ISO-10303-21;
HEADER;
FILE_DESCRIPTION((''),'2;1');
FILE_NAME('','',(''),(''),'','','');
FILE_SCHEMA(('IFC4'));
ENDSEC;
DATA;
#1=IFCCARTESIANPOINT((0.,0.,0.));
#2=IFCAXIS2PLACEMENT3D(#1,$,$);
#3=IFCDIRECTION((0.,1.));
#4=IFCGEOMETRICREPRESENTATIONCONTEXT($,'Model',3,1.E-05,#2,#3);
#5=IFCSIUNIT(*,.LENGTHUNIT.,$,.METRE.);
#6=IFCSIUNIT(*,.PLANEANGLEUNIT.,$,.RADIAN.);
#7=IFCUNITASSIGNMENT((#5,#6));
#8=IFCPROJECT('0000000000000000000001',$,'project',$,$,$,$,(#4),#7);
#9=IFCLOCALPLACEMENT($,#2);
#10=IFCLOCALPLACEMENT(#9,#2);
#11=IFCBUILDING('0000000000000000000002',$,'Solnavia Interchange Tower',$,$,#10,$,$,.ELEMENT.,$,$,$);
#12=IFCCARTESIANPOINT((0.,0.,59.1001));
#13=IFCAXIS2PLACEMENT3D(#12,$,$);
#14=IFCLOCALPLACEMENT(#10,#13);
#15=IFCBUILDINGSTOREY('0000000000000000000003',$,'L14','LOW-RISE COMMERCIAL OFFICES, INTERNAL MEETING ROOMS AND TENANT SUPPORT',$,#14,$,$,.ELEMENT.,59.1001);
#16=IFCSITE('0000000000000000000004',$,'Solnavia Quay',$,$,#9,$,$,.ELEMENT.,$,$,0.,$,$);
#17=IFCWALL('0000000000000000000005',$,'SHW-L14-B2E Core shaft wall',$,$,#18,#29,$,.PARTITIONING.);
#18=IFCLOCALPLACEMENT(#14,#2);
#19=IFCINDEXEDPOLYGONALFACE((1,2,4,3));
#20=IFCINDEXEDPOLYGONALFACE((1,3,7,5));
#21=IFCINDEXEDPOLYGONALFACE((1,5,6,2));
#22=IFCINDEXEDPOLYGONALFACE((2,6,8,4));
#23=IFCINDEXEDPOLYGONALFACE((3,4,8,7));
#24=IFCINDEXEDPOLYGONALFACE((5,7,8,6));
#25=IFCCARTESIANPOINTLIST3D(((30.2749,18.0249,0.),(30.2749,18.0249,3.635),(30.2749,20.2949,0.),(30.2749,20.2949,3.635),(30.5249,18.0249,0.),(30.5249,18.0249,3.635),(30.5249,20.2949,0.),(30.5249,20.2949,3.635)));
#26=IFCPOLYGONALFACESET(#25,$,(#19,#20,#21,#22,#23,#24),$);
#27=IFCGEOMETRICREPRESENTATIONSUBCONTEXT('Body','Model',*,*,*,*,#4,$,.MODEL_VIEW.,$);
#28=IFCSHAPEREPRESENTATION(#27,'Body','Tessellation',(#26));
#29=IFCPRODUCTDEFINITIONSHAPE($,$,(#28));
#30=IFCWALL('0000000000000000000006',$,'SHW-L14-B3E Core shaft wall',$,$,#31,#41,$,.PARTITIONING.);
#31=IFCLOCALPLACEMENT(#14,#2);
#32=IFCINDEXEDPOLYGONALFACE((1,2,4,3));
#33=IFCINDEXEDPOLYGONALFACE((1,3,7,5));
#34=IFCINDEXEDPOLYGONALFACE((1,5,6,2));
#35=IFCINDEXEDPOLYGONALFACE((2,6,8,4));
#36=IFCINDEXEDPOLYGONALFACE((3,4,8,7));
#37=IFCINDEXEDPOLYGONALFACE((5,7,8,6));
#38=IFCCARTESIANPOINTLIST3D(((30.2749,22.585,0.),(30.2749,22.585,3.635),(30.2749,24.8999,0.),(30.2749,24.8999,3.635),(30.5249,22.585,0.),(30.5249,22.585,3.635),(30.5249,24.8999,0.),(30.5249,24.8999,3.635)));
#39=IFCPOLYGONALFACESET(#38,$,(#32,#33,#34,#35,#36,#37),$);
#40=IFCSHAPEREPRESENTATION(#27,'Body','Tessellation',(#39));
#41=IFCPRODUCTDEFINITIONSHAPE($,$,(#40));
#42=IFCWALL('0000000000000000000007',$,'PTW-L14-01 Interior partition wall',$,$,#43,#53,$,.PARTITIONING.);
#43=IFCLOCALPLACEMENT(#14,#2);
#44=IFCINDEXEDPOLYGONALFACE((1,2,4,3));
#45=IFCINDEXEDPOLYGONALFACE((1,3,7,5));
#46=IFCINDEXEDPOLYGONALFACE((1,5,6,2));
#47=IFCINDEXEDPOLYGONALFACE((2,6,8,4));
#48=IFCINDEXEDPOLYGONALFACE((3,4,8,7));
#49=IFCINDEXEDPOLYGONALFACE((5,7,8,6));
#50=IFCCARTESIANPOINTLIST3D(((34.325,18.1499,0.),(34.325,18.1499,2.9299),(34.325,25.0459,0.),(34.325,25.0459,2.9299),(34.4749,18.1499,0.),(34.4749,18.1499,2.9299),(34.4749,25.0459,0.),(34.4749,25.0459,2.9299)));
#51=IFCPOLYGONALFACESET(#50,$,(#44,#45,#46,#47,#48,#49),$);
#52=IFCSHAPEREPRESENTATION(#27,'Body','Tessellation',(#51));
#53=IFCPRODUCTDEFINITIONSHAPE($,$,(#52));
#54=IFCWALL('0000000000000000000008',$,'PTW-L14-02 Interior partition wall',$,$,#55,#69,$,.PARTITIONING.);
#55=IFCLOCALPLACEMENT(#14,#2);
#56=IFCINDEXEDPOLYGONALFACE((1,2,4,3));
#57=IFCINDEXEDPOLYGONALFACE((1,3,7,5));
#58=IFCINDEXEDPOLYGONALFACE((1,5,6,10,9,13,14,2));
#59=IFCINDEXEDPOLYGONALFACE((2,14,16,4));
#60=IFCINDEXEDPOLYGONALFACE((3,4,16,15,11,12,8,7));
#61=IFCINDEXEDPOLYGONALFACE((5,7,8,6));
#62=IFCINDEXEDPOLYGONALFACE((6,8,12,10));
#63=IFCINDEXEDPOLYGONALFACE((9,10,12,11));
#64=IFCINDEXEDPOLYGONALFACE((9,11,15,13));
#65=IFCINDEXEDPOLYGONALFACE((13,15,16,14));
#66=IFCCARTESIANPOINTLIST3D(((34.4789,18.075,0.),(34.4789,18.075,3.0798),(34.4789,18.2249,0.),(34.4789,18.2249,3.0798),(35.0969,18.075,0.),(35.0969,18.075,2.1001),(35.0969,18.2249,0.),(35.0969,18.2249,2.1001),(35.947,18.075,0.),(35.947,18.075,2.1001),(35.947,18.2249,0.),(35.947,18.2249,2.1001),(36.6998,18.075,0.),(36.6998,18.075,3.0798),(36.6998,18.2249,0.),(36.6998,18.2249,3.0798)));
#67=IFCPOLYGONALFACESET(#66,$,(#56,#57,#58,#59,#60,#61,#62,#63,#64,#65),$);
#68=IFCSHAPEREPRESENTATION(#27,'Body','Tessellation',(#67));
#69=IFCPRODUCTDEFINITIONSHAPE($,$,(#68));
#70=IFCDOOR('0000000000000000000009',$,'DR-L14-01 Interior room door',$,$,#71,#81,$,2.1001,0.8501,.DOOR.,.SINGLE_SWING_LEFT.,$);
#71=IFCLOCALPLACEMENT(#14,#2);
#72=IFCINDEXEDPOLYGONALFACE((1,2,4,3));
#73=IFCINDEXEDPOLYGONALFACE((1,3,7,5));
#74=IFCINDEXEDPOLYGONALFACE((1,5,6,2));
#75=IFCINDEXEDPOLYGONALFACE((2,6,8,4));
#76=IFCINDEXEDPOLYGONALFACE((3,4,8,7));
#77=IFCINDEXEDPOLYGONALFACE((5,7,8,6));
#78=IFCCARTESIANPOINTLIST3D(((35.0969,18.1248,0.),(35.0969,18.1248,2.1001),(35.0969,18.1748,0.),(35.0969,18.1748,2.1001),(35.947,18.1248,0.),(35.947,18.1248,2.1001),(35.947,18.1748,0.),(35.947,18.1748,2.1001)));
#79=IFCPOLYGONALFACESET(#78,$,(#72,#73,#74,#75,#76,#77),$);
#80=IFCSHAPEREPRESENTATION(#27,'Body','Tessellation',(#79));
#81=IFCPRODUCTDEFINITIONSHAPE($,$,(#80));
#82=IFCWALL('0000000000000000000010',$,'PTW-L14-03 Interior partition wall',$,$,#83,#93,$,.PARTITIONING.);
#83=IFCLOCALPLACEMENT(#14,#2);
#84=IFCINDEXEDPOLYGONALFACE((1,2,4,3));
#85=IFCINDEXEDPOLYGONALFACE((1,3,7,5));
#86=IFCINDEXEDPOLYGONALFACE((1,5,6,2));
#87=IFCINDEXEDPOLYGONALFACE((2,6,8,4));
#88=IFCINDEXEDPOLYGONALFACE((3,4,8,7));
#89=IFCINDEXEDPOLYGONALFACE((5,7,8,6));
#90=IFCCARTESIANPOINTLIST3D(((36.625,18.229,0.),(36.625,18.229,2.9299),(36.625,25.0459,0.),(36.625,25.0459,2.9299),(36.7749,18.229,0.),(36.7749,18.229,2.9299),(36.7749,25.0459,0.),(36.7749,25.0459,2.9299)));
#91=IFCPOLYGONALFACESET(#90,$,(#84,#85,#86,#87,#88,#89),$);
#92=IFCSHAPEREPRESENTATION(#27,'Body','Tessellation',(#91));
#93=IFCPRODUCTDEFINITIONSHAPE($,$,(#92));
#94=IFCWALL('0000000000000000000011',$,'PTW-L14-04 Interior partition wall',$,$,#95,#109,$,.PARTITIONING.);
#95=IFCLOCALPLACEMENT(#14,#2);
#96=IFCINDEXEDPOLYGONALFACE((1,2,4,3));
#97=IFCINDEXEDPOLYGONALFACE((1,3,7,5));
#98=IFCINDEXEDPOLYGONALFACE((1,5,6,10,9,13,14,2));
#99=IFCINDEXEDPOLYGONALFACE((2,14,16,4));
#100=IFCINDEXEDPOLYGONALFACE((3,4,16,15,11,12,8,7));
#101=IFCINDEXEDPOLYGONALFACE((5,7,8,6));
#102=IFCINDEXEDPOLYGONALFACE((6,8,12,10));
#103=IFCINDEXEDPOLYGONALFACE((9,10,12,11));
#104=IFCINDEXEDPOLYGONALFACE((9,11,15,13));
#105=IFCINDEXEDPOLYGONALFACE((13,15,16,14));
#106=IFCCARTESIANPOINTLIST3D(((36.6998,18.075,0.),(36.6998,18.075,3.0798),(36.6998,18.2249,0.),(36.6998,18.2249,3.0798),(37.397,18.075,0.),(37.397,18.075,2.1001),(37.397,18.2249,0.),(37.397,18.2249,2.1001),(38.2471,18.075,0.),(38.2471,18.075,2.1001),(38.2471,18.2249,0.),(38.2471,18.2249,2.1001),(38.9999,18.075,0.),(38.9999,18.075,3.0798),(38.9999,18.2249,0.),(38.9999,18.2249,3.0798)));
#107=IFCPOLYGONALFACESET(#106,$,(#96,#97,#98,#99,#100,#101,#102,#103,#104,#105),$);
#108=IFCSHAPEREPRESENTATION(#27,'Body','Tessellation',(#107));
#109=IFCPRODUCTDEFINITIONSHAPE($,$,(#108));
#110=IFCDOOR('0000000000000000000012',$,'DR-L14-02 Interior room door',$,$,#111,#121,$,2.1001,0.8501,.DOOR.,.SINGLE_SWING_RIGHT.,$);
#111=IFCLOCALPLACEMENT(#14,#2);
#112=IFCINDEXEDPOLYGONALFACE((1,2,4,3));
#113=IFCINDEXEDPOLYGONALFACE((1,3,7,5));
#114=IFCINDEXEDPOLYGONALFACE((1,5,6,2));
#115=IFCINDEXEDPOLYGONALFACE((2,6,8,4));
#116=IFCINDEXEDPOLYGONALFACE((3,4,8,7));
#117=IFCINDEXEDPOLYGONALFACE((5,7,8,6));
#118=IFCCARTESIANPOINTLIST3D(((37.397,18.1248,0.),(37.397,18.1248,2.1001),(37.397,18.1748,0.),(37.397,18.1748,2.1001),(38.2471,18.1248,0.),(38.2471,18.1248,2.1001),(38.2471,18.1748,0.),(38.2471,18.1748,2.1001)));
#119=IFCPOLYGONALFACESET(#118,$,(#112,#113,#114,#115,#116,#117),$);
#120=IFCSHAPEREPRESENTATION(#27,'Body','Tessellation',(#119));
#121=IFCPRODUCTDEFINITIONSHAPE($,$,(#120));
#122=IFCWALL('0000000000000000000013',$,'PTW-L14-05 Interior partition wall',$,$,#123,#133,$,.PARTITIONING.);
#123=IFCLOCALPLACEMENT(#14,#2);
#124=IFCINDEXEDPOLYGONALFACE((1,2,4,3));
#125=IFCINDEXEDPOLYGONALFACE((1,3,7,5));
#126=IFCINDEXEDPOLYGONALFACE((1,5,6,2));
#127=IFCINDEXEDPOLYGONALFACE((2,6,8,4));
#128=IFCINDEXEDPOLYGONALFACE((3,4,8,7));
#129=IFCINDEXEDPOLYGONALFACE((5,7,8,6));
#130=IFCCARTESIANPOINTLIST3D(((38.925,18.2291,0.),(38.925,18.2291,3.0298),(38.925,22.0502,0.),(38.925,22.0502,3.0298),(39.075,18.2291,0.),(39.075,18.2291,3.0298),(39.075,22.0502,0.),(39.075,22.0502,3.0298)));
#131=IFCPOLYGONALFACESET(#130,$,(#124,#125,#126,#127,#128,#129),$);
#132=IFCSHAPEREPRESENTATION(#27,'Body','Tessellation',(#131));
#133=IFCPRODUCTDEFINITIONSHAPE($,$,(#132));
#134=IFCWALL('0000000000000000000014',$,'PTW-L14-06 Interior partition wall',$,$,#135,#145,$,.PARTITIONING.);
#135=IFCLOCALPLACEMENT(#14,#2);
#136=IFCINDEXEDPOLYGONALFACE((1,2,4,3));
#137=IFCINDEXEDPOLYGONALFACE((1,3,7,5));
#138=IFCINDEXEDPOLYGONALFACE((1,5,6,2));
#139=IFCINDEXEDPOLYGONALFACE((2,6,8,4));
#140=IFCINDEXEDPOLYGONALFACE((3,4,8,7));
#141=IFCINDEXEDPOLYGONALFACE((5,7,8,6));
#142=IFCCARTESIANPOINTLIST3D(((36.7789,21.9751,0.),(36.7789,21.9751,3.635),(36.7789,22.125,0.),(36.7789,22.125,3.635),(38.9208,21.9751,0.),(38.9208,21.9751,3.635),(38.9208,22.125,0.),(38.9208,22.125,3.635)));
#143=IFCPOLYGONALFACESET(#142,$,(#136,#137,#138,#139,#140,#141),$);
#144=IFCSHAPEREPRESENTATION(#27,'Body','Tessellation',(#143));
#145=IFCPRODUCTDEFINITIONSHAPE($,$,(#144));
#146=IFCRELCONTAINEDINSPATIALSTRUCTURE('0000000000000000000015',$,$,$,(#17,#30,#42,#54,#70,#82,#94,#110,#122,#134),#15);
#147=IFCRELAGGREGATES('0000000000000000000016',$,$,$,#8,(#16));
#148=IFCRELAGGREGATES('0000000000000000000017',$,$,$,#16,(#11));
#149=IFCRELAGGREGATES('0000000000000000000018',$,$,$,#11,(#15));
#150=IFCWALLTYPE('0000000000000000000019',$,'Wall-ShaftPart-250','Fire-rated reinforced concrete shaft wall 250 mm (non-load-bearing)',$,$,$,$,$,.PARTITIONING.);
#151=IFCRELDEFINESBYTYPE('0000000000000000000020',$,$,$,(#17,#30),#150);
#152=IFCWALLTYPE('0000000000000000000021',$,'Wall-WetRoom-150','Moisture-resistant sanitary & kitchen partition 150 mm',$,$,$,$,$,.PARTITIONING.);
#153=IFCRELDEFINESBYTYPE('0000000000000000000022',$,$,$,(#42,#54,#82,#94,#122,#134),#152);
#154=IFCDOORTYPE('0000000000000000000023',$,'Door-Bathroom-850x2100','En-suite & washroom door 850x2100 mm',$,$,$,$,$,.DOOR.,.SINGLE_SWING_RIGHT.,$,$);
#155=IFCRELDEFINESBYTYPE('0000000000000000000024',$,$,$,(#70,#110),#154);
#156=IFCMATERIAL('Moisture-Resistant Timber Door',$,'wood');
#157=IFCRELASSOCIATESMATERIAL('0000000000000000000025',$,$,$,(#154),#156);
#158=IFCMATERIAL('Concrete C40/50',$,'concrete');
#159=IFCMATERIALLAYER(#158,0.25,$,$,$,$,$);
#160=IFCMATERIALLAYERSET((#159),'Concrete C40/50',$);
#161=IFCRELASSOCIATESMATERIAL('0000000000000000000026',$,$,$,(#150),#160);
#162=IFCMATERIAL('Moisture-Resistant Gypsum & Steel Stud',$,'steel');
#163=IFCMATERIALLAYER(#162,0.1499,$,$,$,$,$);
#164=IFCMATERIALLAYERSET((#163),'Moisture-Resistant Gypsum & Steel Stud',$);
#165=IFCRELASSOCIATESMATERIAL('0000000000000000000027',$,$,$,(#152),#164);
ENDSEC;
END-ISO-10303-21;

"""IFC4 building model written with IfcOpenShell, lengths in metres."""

from ifc_helpers import new_model, si_unit, direction, frame, frame_2d, origin, place, context, subcontext, project, spatial, rectangle, extrude, material, layer, layer_set, type_object, element, fill, save


model = new_model("IFC4")

# Units and contexts
model_context = context("Model", 3, precision=1e-05, world=origin(), true_north=direction((0.0, 1.0)))
body_context = subcontext(model_context, "Body", "Model", "MODEL_VIEW")
ifc_project = project(units=[si_unit("LENGTHUNIT", "METRE"), si_unit("PLANEANGLEUNIT", "RADIAN")], contexts=[model_context])

# Site, building, storey
site_placement = place(None, origin())
site = spatial("IfcSite", under=ifc_project, at=site_placement, Name="Solnavia Quay", CompositionType="ELEMENT", RefElevation=0.0)
building_placement = place(site_placement, origin())
building = spatial("IfcBuilding", under=site, at=building_placement, Name="Solnavia Interchange Tower", CompositionType="ELEMENT")
storey_placement = place(building_placement, frame((0.0, 0.0, 59.1001)))
storey = spatial("IfcBuildingStorey", under=building, at=storey_placement, Name="L14", Description="LOW-RISE COMMERCIAL OFFICES, INTERNAL MEETING ROOMS AND TENANT SUPPORT", CompositionType="ELEMENT", Elevation=59.1001)

# Shared definitions
ifc_material_1 = material(Name="Concrete C40/50", Category="concrete")

# Shared definitions
ifc_material_2 = material(Name="Moisture-Resistant Timber Door", Category="wood")
door_type_1 = type_object("IfcDoorType", Name="Door-Bathroom-850x2100", Description="En-suite & washroom door 850x2100 mm", OperationType="SINGLE_SWING_RIGHT", PredefinedType="DOOR", material=ifc_material_2)
ifc_layer_1 = layer(ifc_material_1, 0.25)
ifc_layer_set_1 = layer_set([ifc_layer_1], Name="Concrete C40/50")
wall_type_1 = type_object("IfcWallType", Name="Wall-ShaftPart-250", Description="Fire-rated reinforced concrete shaft wall 250 mm (non-load-bearing)", PredefinedType="PARTITIONING", material=ifc_layer_set_1)

# Walls
wall_1_placement = place(storey_placement, frame((30.3999, 18.0249, 0.0), z_axis=(0.0, 0.0, 1.0), x_axis=(0.0, 1.0, 0.0)))
element("IfcWall", 1, at=wall_1_placement, inside=storey, type_object=wall_type_1, Name="SHW-L14-B2E Core shaft wall", PredefinedType="PARTITIONING", context=body_context, shape_type="SweptSolid", body=[
    extrude(rectangle(XDim=2.27, YDim=0.25, at=frame_2d((1.135, 0.0))), origin(), (0.0, 0.0, 1.0), 3.635),
])
wall_2_placement = place(storey_placement, frame((30.3999, 22.585, 0.0), z_axis=(0.0, 0.0, 1.0), x_axis=(0.0, 1.0, 0.0)))
element("IfcWall", 2, at=wall_2_placement, inside=storey, type_object=wall_type_1, Name="SHW-L14-B3E Core shaft wall", PredefinedType="PARTITIONING", context=body_context, shape_type="SweptSolid", body=[
    extrude(rectangle(XDim=2.3149, YDim=0.25, at=frame_2d((1.1575, 0.0))), origin(), (0.0, 0.0, 1.0), 3.635),
])
ifc_material_3 = material(Name="Moisture-Resistant Gypsum & Steel Stud", Category="steel")
ifc_layer_2 = layer(ifc_material_3, 0.1499)
ifc_layer_set_2 = layer_set([ifc_layer_2], Name="Moisture-Resistant Gypsum & Steel Stud")
wall_type_2 = type_object("IfcWallType", Name="Wall-WetRoom-150", Description="Moisture-resistant sanitary & kitchen partition 150 mm", PredefinedType="PARTITIONING", material=ifc_layer_set_2)
wall_3_placement = place(storey_placement, frame((34.3999, 18.1499, 0.0), z_axis=(0.0, 0.0, 1.0), x_axis=(0.0, 1.0, 0.0)))
element("IfcWall", 3, at=wall_3_placement, inside=storey, type_object=wall_type_2, Name="PTW-L14-01 Interior partition wall", PredefinedType="PARTITIONING", context=body_context, shape_type="SweptSolid", body=[
    extrude(rectangle(XDim=6.896, YDim=0.1499, at=frame_2d((3.448, 0.0))), origin(), (0.0, 0.0, 1.0), 2.9299),
])

# Wall, opening, door
wall_4_placement = place(storey_placement, frame((34.479, 18.1499, 0.0), z_axis=(0.0, 0.0, 1.0), x_axis=(1.0, 0.0, 0.0)))
wall_4 = element("IfcWall", 4, at=wall_4_placement, inside=storey, type_object=wall_type_2, Name="PTW-L14-02 Interior partition wall", PredefinedType="PARTITIONING", context=body_context, shape_type="SweptSolid", body=[
    extrude(rectangle(XDim=2.2209, YDim=0.1499, at=frame_2d((1.1104, 0.0))), origin(), (0.0, 0.0, 1.0), 3.0798),
])
opening_1_placement = place(wall_4_placement, frame((0.6179, 0.0, 0.0)))
opening_1 = element("IfcOpeningElement", 5, at=opening_1_placement, cuts=wall_4, PredefinedType="OPENING", context=body_context, shape_type="SweptSolid", body=[
    extrude(rectangle(XDim=0.8501, YDim=2.1001, at=frame_2d((0.425, 1.05))), frame((0.0, 0.085, 0.0), z_axis=(0.0, -1.0, 0.0), x_axis=(1.0, 0.0, 0.0)), (0.0, 0.0, 1.0), 0.1699),
])
door_1_placement = place(opening_1_placement, origin())
door_1 = element("IfcDoor", 6, at=door_1_placement, inside=storey, type_object=door_type_1, Name="DR-L14-01 Interior room door", OperationType="SINGLE_SWING_LEFT", OverallHeight=2.1001, OverallWidth=0.8501, PredefinedType="DOOR", context=body_context, shape_type="SweptSolid", body=[
    extrude(rectangle(XDim=0.8501, YDim=2.1001, at=frame_2d((0.425, 1.05))), frame((0.0, 0.0249, 0.0), z_axis=(0.0, -1.0, 0.0), x_axis=(1.0, 0.0, 0.0)), (0.0, 0.0, 1.0), 0.05),
])
fill(opening_1, door_1)

# Wall
wall_5_placement = place(storey_placement, frame((36.7, 18.229, 0.0), z_axis=(0.0, 0.0, 1.0), x_axis=(0.0, 1.0, 0.0)))
element("IfcWall", 7, at=wall_5_placement, inside=storey, type_object=wall_type_2, Name="PTW-L14-03 Interior partition wall", PredefinedType="PARTITIONING", context=body_context, shape_type="SweptSolid", body=[
    extrude(rectangle(XDim=6.8169, YDim=0.1499, at=frame_2d((3.4084, 0.0))), origin(), (0.0, 0.0, 1.0), 2.9299),
])

# Wall, opening, door
wall_6_placement = place(storey_placement, frame((36.7, 18.1499, 0.0), z_axis=(0.0, 0.0, 1.0), x_axis=(1.0, 0.0, 0.0)))
wall_6 = element("IfcWall", 8, at=wall_6_placement, inside=storey, type_object=wall_type_2, Name="PTW-L14-04 Interior partition wall", PredefinedType="PARTITIONING", context=body_context, shape_type="SweptSolid", body=[
    extrude(rectangle(XDim=2.3, YDim=0.1499, at=frame_2d((1.1499, 0.0))), origin(), (0.0, 0.0, 1.0), 3.0798),
])
opening_2_placement = place(wall_6_placement, frame((0.697, 0.0, 0.0)))
opening_2 = element("IfcOpeningElement", 9, at=opening_2_placement, cuts=wall_6, PredefinedType="OPENING", context=body_context, shape_type="SweptSolid", body=[
    extrude(rectangle(XDim=0.8501, YDim=2.1001, at=frame_2d((0.425, 1.05))), frame((0.0, 0.085, 0.0), z_axis=(0.0, -1.0, 0.0), x_axis=(1.0, 0.0, 0.0)), (0.0, 0.0, 1.0), 0.1699),
])
door_2_placement = place(opening_2_placement, origin())
door_2 = element("IfcDoor", 10, at=door_2_placement, inside=storey, type_object=door_type_1, Name="DR-L14-02 Interior room door", OperationType="SINGLE_SWING_RIGHT", OverallHeight=2.1001, OverallWidth=0.8501, PredefinedType="DOOR", context=body_context, shape_type="SweptSolid", body=[
    extrude(rectangle(XDim=0.8501, YDim=2.1001, at=frame_2d((0.425, 1.05))), frame((0.0, 0.0249, 0.0), z_axis=(0.0, -1.0, 0.0), x_axis=(1.0, 0.0, 0.0)), (0.0, 0.0, 1.0), 0.05),
])
fill(opening_2, door_2)

# Walls
wall_7_placement = place(storey_placement, frame((39.0, 18.229, 0.0), z_axis=(0.0, 0.0, 1.0), x_axis=(0.0, 1.0, 0.0)))
element("IfcWall", 11, at=wall_7_placement, inside=storey, type_object=wall_type_2, Name="PTW-L14-05 Interior partition wall", PredefinedType="PARTITIONING", context=body_context, shape_type="SweptSolid", body=[
    extrude(rectangle(XDim=3.821, YDim=0.1499, at=frame_2d((1.9106, 0.0))), origin(), (0.0, 0.0, 1.0), 3.0298),
])
wall_8_placement = place(storey_placement, frame((36.7791, 22.05, 0.0), z_axis=(0.0, 0.0, 1.0), x_axis=(1.0, 0.0, 0.0)))
element("IfcWall", 12, at=wall_8_placement, inside=storey, type_object=wall_type_2, Name="PTW-L14-06 Interior partition wall", PredefinedType="PARTITIONING", context=body_context, shape_type="SweptSolid", body=[
    extrude(rectangle(XDim=2.1418, YDim=0.1499, at=frame_2d((1.0708, 0.0))), origin(), (0.0, 0.0, 1.0), 3.635),
])

save(model, "model.ifc")
